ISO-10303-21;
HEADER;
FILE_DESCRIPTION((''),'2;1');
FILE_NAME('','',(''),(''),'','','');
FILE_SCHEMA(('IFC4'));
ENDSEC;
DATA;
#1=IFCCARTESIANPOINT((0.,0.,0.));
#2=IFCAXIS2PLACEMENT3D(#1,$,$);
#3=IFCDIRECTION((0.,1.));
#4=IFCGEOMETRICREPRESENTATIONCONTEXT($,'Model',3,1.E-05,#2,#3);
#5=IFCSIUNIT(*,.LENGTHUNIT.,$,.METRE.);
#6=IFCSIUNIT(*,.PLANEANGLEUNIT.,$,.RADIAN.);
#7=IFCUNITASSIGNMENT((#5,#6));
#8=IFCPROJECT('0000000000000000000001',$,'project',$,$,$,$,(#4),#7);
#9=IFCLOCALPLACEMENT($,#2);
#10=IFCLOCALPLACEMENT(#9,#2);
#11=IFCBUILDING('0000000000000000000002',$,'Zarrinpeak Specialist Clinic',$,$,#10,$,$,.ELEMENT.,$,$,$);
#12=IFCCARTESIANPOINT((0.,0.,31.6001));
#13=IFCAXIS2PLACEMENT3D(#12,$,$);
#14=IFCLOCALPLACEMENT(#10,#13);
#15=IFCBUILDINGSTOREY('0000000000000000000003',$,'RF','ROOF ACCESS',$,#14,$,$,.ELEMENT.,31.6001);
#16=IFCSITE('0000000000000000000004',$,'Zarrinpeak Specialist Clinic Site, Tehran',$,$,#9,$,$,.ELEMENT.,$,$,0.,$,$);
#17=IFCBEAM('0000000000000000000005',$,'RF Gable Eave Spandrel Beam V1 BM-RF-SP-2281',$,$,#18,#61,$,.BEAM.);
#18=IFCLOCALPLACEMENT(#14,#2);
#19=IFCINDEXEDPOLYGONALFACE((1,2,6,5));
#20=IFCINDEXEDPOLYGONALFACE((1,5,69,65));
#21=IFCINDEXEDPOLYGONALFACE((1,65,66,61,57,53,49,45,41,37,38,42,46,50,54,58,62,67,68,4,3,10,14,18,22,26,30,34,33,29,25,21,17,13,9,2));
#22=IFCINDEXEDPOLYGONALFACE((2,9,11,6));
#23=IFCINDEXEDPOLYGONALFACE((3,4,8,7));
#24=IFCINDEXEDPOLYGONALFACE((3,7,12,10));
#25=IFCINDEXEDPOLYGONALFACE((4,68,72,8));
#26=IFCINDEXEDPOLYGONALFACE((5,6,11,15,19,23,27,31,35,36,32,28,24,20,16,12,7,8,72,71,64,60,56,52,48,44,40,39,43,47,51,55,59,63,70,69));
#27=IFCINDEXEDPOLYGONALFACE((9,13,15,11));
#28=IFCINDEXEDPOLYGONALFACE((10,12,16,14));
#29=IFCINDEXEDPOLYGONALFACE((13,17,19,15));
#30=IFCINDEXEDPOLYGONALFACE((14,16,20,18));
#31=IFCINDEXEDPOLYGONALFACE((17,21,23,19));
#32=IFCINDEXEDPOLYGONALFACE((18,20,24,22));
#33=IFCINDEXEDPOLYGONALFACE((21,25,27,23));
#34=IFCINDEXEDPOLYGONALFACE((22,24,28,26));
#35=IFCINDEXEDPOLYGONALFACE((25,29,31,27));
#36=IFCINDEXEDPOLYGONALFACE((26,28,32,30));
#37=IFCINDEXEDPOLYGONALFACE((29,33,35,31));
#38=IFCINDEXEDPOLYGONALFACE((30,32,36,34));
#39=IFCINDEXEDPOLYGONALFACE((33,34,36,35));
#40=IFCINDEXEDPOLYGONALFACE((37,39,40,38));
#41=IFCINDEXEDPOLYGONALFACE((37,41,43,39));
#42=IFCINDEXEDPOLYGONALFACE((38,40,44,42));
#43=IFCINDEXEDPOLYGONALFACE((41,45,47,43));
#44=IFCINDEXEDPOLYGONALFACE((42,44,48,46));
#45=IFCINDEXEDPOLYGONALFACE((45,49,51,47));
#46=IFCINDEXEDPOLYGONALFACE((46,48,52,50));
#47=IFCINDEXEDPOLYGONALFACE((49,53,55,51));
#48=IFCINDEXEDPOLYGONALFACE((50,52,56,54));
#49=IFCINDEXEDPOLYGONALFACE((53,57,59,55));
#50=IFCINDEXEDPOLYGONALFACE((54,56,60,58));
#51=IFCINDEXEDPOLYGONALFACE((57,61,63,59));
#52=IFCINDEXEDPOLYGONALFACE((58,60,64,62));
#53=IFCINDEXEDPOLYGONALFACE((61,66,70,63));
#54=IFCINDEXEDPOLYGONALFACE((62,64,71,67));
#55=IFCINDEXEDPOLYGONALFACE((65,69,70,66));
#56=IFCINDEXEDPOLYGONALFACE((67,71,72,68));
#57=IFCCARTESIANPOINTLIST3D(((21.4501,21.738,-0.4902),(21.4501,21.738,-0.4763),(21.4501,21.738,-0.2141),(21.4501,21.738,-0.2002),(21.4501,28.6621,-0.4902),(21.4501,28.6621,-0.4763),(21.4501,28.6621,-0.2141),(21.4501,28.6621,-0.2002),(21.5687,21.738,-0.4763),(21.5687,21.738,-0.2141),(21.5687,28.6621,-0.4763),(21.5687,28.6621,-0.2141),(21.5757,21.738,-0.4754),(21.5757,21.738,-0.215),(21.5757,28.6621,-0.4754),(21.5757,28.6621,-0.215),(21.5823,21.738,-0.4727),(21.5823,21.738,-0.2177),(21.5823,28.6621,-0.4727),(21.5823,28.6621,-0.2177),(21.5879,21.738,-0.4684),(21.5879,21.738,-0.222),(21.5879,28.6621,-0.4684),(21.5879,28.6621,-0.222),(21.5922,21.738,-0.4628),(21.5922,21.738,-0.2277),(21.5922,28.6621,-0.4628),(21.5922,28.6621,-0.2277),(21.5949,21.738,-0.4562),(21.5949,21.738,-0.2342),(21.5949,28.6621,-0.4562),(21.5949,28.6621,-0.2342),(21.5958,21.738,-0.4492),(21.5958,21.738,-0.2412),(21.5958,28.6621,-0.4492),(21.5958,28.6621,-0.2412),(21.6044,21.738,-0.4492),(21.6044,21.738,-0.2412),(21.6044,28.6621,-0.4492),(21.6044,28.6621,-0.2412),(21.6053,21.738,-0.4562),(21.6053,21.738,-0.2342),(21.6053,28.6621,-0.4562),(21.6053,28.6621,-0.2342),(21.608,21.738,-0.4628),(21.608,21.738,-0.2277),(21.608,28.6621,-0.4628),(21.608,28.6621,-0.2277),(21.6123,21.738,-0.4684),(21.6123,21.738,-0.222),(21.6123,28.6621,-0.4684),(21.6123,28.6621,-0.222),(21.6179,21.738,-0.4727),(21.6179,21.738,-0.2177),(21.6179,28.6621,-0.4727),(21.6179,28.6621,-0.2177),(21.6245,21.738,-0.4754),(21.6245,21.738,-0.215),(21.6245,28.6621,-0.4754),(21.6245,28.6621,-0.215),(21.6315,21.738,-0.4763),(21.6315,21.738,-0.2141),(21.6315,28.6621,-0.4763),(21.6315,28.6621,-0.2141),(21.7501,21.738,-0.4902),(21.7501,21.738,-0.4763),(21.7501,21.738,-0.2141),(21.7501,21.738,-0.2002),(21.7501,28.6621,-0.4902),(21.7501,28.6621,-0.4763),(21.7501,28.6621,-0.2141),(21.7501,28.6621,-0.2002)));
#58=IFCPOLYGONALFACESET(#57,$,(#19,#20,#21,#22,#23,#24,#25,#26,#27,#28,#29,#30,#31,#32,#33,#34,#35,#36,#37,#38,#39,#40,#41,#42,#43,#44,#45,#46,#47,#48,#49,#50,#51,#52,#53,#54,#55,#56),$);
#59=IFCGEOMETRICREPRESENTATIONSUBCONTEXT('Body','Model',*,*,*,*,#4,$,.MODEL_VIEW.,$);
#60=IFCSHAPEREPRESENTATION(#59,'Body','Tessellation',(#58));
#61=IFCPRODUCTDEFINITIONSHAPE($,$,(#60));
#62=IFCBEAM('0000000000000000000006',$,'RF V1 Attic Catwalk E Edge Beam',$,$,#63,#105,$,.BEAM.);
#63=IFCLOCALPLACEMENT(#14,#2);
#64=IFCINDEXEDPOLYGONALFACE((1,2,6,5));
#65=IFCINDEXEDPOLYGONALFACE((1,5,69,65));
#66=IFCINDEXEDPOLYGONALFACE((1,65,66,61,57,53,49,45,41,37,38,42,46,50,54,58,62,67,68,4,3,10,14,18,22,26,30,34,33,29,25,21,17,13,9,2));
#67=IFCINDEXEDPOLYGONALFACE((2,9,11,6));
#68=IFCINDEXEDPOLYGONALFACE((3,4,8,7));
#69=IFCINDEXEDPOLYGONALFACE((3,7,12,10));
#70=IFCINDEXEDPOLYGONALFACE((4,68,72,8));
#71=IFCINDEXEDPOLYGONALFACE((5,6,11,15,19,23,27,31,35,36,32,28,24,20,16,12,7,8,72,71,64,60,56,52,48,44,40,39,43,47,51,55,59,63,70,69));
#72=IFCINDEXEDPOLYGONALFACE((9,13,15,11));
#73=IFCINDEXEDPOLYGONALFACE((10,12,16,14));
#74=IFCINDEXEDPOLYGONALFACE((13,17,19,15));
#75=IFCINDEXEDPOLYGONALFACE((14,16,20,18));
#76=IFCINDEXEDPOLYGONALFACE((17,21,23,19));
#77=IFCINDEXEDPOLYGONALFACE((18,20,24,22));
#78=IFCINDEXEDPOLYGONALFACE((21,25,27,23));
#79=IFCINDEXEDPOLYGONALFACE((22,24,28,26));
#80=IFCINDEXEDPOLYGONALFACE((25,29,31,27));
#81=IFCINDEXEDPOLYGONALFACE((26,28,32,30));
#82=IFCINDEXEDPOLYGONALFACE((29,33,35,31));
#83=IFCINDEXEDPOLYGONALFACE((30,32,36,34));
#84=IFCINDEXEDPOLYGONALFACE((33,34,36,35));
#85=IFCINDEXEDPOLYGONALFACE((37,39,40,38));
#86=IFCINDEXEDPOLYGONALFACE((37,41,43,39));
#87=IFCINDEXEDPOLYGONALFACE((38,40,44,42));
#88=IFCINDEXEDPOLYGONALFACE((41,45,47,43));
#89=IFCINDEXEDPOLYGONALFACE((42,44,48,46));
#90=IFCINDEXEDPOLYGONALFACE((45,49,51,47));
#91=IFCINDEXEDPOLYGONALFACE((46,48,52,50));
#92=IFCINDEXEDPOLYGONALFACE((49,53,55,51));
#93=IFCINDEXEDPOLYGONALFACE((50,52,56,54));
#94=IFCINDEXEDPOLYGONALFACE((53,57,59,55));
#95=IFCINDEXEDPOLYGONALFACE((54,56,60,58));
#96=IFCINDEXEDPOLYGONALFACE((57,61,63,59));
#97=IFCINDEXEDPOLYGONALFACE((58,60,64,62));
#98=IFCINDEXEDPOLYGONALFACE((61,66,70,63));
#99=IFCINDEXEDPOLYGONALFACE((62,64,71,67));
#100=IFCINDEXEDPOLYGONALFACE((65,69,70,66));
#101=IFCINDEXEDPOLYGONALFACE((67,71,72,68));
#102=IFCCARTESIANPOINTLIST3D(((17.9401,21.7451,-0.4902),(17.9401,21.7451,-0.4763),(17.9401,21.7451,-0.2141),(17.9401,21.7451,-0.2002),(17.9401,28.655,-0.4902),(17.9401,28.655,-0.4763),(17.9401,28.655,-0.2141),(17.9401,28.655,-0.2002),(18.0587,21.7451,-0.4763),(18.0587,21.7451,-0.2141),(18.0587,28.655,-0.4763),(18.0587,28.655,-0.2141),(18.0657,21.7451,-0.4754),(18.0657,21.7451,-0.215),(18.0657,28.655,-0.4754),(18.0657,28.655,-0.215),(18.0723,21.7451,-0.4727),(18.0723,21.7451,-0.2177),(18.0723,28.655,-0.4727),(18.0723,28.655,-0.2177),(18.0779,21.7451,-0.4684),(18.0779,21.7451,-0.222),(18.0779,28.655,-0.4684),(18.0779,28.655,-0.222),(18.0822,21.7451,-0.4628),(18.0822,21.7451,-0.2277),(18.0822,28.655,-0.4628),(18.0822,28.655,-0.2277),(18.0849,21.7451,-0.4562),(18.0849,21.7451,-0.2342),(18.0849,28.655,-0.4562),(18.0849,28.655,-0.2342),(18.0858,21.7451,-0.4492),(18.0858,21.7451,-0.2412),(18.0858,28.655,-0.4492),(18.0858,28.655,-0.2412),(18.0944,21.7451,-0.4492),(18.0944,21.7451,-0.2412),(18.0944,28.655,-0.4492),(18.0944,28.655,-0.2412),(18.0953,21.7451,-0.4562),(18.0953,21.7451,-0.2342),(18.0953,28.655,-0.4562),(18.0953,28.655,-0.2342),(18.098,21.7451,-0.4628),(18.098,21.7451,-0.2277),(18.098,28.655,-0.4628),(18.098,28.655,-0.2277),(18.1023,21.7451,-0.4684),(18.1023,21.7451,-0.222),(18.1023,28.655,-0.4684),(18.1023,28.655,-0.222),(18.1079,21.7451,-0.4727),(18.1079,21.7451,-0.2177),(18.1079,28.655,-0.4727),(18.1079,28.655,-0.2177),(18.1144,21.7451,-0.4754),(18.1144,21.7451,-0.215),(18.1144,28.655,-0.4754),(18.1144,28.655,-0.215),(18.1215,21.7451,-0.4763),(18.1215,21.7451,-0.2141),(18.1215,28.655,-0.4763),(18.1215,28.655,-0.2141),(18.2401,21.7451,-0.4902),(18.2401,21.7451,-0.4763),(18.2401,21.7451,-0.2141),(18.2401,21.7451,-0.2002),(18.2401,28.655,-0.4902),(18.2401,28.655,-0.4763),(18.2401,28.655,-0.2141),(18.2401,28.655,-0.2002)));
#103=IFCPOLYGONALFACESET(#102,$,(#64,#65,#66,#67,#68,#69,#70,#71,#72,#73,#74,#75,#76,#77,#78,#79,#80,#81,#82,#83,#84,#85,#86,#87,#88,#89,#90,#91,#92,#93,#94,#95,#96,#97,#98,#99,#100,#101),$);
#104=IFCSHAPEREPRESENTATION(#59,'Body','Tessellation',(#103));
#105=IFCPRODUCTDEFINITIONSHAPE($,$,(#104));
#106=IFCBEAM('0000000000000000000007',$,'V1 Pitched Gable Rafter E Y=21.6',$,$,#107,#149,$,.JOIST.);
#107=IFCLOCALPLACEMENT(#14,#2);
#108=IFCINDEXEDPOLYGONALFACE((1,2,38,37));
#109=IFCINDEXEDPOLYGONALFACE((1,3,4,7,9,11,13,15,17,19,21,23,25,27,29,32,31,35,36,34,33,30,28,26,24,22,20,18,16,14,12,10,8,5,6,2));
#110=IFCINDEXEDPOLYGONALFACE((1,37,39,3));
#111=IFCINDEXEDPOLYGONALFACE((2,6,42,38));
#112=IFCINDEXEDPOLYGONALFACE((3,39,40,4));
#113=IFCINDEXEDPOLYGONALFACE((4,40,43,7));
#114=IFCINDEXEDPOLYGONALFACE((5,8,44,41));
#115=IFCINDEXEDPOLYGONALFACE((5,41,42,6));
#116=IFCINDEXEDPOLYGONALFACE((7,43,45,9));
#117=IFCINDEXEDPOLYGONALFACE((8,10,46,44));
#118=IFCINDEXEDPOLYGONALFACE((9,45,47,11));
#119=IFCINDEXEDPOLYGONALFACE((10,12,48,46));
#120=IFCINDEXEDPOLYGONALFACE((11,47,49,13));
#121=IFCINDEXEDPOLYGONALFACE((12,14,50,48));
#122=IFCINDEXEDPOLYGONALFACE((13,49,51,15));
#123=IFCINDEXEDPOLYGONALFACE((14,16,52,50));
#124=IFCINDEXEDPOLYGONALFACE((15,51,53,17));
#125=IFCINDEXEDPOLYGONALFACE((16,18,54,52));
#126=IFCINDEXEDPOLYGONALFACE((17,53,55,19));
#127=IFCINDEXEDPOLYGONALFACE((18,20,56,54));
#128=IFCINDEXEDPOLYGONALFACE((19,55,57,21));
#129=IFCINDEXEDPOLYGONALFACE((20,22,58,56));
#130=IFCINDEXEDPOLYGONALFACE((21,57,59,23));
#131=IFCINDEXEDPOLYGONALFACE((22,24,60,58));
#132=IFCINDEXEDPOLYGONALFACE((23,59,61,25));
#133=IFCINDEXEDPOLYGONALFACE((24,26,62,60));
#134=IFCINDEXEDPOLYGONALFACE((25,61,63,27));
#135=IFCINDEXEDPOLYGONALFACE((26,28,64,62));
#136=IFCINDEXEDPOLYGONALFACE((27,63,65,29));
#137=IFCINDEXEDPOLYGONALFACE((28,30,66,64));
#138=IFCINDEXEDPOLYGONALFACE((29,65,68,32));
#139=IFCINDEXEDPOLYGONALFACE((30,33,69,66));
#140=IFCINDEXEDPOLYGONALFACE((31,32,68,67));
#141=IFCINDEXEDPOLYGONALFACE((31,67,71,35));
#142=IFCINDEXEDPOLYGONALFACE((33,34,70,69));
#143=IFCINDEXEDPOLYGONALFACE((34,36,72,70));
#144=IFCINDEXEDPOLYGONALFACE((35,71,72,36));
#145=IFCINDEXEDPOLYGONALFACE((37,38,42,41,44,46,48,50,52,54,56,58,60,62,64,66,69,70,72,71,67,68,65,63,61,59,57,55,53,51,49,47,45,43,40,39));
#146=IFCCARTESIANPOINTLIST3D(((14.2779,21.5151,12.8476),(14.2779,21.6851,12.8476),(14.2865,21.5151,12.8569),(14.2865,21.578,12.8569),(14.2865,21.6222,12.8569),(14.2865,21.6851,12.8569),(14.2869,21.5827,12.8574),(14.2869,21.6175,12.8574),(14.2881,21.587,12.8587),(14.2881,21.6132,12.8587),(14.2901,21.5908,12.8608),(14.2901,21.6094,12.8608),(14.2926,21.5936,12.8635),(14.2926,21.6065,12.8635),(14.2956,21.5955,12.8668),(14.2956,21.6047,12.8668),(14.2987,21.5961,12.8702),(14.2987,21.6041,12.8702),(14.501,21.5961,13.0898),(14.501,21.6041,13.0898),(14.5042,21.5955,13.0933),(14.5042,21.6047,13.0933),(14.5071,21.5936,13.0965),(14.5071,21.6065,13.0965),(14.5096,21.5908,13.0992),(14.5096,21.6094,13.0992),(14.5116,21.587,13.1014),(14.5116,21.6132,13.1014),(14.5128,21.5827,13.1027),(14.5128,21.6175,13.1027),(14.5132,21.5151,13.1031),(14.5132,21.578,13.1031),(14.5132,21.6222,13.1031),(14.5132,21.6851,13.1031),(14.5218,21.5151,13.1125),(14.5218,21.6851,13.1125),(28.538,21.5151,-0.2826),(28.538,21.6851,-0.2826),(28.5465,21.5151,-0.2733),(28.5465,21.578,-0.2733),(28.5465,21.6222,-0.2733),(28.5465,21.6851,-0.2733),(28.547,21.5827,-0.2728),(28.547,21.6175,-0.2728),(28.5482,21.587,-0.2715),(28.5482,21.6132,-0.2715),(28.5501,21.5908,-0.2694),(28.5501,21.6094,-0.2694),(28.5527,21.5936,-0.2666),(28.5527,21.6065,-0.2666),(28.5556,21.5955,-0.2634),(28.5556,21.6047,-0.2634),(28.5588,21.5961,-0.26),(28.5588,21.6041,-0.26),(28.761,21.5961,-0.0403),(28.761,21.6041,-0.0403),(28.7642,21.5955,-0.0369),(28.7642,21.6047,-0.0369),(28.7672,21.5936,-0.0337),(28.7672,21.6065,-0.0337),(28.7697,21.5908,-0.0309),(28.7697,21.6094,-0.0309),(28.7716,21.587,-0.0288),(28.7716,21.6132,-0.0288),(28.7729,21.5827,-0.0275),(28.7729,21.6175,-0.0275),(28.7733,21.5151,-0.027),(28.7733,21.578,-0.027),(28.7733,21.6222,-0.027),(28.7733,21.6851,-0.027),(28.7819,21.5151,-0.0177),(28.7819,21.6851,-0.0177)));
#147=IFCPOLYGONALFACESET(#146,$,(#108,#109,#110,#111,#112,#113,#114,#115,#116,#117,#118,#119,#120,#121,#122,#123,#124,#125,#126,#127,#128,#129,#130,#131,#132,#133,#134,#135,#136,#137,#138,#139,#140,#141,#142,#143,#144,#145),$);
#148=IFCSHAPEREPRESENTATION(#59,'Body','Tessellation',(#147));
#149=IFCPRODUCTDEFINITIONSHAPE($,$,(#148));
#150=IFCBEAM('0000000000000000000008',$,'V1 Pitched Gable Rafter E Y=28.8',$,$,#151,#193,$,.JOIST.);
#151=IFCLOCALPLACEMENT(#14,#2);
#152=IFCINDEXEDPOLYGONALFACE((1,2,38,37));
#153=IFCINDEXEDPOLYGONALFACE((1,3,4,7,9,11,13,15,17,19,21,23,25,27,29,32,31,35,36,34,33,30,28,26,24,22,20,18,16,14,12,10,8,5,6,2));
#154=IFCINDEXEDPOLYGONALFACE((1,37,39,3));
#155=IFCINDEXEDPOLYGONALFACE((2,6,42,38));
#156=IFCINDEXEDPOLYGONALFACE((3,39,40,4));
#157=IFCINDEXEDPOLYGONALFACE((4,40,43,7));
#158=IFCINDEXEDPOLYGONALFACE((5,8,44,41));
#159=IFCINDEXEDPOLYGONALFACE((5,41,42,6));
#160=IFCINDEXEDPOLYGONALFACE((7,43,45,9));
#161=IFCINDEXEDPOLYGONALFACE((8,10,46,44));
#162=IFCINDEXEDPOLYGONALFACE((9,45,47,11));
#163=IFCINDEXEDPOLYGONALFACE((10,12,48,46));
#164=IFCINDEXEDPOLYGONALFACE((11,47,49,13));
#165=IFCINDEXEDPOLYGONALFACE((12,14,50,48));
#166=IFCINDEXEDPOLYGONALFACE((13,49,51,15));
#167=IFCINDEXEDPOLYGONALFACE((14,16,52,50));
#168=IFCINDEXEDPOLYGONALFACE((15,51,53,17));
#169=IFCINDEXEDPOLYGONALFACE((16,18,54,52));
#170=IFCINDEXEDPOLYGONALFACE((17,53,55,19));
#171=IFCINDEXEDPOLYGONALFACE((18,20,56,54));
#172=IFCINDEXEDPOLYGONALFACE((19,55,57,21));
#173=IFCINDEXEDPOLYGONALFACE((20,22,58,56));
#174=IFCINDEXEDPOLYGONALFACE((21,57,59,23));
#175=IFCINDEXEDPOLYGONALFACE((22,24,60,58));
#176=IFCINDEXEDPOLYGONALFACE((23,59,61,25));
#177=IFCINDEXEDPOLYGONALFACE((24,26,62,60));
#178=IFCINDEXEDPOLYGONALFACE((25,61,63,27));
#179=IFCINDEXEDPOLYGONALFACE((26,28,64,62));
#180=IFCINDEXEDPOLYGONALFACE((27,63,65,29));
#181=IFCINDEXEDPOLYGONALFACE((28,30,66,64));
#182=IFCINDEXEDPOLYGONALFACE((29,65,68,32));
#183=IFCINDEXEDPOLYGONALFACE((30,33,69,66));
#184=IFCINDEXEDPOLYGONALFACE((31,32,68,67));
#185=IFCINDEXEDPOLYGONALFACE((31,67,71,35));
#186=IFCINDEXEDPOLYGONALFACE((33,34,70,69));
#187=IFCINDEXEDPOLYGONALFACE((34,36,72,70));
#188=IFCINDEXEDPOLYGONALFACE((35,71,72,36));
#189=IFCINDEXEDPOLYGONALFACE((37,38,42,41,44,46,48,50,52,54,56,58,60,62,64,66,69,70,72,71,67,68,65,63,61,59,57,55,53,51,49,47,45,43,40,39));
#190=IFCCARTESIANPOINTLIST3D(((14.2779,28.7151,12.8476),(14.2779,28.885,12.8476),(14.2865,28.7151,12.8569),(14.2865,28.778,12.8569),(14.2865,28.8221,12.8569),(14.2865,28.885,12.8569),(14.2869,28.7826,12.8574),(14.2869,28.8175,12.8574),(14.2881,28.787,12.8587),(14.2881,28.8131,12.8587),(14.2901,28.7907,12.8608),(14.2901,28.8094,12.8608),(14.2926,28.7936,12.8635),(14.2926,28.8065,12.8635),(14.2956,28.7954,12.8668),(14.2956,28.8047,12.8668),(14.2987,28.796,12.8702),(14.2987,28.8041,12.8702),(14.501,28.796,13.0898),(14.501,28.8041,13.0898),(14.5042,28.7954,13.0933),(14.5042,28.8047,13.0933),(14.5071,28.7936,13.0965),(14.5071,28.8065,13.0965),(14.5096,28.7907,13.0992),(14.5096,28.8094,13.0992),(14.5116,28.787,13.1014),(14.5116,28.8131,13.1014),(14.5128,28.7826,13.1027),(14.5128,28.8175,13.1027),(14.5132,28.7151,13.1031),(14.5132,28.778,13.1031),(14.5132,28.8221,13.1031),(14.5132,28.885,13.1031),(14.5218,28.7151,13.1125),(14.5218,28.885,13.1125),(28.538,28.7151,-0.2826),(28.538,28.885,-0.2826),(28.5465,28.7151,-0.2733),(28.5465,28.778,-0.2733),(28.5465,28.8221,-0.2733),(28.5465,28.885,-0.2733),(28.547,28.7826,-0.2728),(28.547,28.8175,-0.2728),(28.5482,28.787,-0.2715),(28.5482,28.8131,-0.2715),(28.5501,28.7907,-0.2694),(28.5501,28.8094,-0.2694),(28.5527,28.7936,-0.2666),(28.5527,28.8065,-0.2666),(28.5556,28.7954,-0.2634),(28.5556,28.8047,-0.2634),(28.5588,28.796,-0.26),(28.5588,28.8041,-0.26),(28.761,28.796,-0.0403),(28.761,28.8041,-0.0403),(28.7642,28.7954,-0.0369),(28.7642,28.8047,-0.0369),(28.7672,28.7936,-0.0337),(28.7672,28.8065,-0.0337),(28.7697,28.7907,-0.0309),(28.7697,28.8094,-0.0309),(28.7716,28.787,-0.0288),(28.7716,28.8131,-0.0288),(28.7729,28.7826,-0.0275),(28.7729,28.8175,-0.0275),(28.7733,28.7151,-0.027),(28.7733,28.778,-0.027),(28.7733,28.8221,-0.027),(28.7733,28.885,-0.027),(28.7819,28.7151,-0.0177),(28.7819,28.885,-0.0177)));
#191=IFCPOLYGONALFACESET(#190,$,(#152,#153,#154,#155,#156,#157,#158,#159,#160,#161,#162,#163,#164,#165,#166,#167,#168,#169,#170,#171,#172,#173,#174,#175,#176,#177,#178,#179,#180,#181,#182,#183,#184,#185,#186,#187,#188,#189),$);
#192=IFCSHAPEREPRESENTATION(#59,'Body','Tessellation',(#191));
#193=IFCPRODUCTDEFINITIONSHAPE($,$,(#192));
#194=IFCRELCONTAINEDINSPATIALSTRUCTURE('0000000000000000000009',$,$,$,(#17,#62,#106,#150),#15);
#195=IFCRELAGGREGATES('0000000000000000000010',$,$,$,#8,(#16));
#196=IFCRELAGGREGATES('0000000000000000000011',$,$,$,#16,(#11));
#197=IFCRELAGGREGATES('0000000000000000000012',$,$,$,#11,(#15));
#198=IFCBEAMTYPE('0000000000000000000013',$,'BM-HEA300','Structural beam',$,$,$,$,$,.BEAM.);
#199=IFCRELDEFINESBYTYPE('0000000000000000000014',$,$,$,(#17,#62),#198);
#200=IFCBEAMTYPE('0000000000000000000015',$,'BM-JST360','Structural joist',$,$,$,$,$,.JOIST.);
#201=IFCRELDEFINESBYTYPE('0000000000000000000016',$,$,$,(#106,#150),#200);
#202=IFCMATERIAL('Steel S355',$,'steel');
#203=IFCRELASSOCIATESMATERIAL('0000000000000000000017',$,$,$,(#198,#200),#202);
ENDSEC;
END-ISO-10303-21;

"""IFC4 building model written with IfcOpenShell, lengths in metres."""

from ifc_helpers import new_model, si_unit, direction, frame, origin, origin_2d, place, context, subcontext, project, spatial, i_section, extrude, material, material_profile, profile_set, type_object, element, save


model = new_model("IFC4")

# Units and contexts
model_context = context("Model", 3, precision=1e-05, world=origin(), true_north=direction((0.0, 1.0)))
body_context = subcontext(model_context, "Body", "Model", "MODEL_VIEW")
ifc_project = project(units=[si_unit("LENGTHUNIT", "METRE"), si_unit("PLANEANGLEUNIT", "RADIAN")], contexts=[model_context])

# Site, building, storey
site_placement = place(None, origin())
site = spatial("IfcSite", under=ifc_project, at=site_placement, Name="Zarrinpeak Specialist Clinic Site, Tehran", CompositionType="ELEMENT", RefElevation=0.0)
building_placement = place(site_placement, origin())
building = spatial("IfcBuilding", under=site, at=building_placement, Name="Zarrinpeak Specialist Clinic", CompositionType="ELEMENT")
storey_placement = place(building_placement, frame((0.0, 0.0, 31.6001)))
storey = spatial("IfcBuildingStorey", under=building, at=storey_placement, Name="RF", Description="ROOF ACCESS", CompositionType="ELEMENT", Elevation=31.6001)

# Shared definitions
ifc_material_1 = material(Name="Steel S355", Category="steel")

# Beams
ifc_material_profile_1 = material_profile(ifc_material_1, i_section(OverallWidth=0.3, OverallDepth=0.29, WebThickness=0.0085, FlangeThickness=0.0139, FilletRadius=0.0271, at=origin_2d()), Name="HEA 300")
ifc_profile_set_1 = profile_set([ifc_material_profile_1], Name="Steel S355")
beam_type_1 = type_object("IfcBeamType", Name="BM-HEA300", Description="Structural beam", PredefinedType="BEAM", material=ifc_profile_set_1)
for number, where, z_axis, x_axis, name in (
    (1, (21.6001, 21.738, -0.3452), (0.0, 1.0, 0.0), (-1.0, 0.0, 0.0), "RF Gable Eave Spandrel Beam V1 BM-RF-SP-2281"),
):
    element("IfcBeam", number, at=place(storey_placement, frame(where, z_axis=z_axis, x_axis=x_axis)), inside=storey, type_object=beam_type_1, Name=name, PredefinedType="BEAM", context=body_context, shape_type="SweptSolid", body=[
        extrude(i_section(OverallWidth=0.3, OverallDepth=0.29, WebThickness=0.0085, FlangeThickness=0.0139, FilletRadius=0.0271, at=origin_2d()), origin(), (0.0, 0.0, 1.0), 6.9241),
    ])
beam_1_placement = place(storey_placement, frame((18.0901, 21.7451, -0.3452), z_axis=(0.0, 1.0, 0.0), x_axis=(-1.0, 0.0, 0.0)))
element("IfcBeam", 2, at=beam_1_placement, inside=storey, type_object=beam_type_1, Name="RF V1 Attic Catwalk E Edge Beam", PredefinedType="BEAM", context=body_context, shape_type="SweptSolid", body=[
    extrude(i_section(OverallWidth=0.3, OverallDepth=0.29, WebThickness=0.0085, FlangeThickness=0.0139, FilletRadius=0.0271, at=origin_2d()), origin(), (0.0, 0.0, 1.0), 6.9099),
])
ifc_material_profile_2 = material_profile(ifc_material_1, i_section(OverallWidth=0.1699, OverallDepth=0.3601, WebThickness=0.0081, FlangeThickness=0.0127, FilletRadius=0.0181, at=origin_2d()), Name="IPE 360")
ifc_profile_set_2 = profile_set([ifc_material_profile_2], Name="Steel S355")
beam_type_2 = type_object("IfcBeamType", Name="BM-JST360", Description="Structural joist", PredefinedType="JOIST", material=ifc_profile_set_2)
for number, where, z_axis, x_axis, name in (
    (3, (28.6599, 21.6001, -0.1501), (-0.73565, 0.0, 0.677362), (0.0, -1.0, 0.0), "V1 Pitched Gable Rafter E Y=21.6"),
    (4, (28.6599, 28.8, -0.1501), (-0.73565, 0.0, 0.677362), (0.0, -1.0, 0.0), "V1 Pitched Gable Rafter E Y=28.8"),
):
    element("IfcBeam", number, at=place(storey_placement, frame(where, z_axis=z_axis, x_axis=x_axis)), inside=storey, type_object=beam_type_2, Name=name, PredefinedType="JOIST", context=body_context, shape_type="SweptSolid", body=[
        extrude(i_section(OverallWidth=0.1699, OverallDepth=0.3601, WebThickness=0.0081, FlangeThickness=0.0127, FilletRadius=0.0181, at=origin_2d()), origin(), (0.0, 0.0, 1.0), 19.3843),
    ])

save(model, "model.ifc")
